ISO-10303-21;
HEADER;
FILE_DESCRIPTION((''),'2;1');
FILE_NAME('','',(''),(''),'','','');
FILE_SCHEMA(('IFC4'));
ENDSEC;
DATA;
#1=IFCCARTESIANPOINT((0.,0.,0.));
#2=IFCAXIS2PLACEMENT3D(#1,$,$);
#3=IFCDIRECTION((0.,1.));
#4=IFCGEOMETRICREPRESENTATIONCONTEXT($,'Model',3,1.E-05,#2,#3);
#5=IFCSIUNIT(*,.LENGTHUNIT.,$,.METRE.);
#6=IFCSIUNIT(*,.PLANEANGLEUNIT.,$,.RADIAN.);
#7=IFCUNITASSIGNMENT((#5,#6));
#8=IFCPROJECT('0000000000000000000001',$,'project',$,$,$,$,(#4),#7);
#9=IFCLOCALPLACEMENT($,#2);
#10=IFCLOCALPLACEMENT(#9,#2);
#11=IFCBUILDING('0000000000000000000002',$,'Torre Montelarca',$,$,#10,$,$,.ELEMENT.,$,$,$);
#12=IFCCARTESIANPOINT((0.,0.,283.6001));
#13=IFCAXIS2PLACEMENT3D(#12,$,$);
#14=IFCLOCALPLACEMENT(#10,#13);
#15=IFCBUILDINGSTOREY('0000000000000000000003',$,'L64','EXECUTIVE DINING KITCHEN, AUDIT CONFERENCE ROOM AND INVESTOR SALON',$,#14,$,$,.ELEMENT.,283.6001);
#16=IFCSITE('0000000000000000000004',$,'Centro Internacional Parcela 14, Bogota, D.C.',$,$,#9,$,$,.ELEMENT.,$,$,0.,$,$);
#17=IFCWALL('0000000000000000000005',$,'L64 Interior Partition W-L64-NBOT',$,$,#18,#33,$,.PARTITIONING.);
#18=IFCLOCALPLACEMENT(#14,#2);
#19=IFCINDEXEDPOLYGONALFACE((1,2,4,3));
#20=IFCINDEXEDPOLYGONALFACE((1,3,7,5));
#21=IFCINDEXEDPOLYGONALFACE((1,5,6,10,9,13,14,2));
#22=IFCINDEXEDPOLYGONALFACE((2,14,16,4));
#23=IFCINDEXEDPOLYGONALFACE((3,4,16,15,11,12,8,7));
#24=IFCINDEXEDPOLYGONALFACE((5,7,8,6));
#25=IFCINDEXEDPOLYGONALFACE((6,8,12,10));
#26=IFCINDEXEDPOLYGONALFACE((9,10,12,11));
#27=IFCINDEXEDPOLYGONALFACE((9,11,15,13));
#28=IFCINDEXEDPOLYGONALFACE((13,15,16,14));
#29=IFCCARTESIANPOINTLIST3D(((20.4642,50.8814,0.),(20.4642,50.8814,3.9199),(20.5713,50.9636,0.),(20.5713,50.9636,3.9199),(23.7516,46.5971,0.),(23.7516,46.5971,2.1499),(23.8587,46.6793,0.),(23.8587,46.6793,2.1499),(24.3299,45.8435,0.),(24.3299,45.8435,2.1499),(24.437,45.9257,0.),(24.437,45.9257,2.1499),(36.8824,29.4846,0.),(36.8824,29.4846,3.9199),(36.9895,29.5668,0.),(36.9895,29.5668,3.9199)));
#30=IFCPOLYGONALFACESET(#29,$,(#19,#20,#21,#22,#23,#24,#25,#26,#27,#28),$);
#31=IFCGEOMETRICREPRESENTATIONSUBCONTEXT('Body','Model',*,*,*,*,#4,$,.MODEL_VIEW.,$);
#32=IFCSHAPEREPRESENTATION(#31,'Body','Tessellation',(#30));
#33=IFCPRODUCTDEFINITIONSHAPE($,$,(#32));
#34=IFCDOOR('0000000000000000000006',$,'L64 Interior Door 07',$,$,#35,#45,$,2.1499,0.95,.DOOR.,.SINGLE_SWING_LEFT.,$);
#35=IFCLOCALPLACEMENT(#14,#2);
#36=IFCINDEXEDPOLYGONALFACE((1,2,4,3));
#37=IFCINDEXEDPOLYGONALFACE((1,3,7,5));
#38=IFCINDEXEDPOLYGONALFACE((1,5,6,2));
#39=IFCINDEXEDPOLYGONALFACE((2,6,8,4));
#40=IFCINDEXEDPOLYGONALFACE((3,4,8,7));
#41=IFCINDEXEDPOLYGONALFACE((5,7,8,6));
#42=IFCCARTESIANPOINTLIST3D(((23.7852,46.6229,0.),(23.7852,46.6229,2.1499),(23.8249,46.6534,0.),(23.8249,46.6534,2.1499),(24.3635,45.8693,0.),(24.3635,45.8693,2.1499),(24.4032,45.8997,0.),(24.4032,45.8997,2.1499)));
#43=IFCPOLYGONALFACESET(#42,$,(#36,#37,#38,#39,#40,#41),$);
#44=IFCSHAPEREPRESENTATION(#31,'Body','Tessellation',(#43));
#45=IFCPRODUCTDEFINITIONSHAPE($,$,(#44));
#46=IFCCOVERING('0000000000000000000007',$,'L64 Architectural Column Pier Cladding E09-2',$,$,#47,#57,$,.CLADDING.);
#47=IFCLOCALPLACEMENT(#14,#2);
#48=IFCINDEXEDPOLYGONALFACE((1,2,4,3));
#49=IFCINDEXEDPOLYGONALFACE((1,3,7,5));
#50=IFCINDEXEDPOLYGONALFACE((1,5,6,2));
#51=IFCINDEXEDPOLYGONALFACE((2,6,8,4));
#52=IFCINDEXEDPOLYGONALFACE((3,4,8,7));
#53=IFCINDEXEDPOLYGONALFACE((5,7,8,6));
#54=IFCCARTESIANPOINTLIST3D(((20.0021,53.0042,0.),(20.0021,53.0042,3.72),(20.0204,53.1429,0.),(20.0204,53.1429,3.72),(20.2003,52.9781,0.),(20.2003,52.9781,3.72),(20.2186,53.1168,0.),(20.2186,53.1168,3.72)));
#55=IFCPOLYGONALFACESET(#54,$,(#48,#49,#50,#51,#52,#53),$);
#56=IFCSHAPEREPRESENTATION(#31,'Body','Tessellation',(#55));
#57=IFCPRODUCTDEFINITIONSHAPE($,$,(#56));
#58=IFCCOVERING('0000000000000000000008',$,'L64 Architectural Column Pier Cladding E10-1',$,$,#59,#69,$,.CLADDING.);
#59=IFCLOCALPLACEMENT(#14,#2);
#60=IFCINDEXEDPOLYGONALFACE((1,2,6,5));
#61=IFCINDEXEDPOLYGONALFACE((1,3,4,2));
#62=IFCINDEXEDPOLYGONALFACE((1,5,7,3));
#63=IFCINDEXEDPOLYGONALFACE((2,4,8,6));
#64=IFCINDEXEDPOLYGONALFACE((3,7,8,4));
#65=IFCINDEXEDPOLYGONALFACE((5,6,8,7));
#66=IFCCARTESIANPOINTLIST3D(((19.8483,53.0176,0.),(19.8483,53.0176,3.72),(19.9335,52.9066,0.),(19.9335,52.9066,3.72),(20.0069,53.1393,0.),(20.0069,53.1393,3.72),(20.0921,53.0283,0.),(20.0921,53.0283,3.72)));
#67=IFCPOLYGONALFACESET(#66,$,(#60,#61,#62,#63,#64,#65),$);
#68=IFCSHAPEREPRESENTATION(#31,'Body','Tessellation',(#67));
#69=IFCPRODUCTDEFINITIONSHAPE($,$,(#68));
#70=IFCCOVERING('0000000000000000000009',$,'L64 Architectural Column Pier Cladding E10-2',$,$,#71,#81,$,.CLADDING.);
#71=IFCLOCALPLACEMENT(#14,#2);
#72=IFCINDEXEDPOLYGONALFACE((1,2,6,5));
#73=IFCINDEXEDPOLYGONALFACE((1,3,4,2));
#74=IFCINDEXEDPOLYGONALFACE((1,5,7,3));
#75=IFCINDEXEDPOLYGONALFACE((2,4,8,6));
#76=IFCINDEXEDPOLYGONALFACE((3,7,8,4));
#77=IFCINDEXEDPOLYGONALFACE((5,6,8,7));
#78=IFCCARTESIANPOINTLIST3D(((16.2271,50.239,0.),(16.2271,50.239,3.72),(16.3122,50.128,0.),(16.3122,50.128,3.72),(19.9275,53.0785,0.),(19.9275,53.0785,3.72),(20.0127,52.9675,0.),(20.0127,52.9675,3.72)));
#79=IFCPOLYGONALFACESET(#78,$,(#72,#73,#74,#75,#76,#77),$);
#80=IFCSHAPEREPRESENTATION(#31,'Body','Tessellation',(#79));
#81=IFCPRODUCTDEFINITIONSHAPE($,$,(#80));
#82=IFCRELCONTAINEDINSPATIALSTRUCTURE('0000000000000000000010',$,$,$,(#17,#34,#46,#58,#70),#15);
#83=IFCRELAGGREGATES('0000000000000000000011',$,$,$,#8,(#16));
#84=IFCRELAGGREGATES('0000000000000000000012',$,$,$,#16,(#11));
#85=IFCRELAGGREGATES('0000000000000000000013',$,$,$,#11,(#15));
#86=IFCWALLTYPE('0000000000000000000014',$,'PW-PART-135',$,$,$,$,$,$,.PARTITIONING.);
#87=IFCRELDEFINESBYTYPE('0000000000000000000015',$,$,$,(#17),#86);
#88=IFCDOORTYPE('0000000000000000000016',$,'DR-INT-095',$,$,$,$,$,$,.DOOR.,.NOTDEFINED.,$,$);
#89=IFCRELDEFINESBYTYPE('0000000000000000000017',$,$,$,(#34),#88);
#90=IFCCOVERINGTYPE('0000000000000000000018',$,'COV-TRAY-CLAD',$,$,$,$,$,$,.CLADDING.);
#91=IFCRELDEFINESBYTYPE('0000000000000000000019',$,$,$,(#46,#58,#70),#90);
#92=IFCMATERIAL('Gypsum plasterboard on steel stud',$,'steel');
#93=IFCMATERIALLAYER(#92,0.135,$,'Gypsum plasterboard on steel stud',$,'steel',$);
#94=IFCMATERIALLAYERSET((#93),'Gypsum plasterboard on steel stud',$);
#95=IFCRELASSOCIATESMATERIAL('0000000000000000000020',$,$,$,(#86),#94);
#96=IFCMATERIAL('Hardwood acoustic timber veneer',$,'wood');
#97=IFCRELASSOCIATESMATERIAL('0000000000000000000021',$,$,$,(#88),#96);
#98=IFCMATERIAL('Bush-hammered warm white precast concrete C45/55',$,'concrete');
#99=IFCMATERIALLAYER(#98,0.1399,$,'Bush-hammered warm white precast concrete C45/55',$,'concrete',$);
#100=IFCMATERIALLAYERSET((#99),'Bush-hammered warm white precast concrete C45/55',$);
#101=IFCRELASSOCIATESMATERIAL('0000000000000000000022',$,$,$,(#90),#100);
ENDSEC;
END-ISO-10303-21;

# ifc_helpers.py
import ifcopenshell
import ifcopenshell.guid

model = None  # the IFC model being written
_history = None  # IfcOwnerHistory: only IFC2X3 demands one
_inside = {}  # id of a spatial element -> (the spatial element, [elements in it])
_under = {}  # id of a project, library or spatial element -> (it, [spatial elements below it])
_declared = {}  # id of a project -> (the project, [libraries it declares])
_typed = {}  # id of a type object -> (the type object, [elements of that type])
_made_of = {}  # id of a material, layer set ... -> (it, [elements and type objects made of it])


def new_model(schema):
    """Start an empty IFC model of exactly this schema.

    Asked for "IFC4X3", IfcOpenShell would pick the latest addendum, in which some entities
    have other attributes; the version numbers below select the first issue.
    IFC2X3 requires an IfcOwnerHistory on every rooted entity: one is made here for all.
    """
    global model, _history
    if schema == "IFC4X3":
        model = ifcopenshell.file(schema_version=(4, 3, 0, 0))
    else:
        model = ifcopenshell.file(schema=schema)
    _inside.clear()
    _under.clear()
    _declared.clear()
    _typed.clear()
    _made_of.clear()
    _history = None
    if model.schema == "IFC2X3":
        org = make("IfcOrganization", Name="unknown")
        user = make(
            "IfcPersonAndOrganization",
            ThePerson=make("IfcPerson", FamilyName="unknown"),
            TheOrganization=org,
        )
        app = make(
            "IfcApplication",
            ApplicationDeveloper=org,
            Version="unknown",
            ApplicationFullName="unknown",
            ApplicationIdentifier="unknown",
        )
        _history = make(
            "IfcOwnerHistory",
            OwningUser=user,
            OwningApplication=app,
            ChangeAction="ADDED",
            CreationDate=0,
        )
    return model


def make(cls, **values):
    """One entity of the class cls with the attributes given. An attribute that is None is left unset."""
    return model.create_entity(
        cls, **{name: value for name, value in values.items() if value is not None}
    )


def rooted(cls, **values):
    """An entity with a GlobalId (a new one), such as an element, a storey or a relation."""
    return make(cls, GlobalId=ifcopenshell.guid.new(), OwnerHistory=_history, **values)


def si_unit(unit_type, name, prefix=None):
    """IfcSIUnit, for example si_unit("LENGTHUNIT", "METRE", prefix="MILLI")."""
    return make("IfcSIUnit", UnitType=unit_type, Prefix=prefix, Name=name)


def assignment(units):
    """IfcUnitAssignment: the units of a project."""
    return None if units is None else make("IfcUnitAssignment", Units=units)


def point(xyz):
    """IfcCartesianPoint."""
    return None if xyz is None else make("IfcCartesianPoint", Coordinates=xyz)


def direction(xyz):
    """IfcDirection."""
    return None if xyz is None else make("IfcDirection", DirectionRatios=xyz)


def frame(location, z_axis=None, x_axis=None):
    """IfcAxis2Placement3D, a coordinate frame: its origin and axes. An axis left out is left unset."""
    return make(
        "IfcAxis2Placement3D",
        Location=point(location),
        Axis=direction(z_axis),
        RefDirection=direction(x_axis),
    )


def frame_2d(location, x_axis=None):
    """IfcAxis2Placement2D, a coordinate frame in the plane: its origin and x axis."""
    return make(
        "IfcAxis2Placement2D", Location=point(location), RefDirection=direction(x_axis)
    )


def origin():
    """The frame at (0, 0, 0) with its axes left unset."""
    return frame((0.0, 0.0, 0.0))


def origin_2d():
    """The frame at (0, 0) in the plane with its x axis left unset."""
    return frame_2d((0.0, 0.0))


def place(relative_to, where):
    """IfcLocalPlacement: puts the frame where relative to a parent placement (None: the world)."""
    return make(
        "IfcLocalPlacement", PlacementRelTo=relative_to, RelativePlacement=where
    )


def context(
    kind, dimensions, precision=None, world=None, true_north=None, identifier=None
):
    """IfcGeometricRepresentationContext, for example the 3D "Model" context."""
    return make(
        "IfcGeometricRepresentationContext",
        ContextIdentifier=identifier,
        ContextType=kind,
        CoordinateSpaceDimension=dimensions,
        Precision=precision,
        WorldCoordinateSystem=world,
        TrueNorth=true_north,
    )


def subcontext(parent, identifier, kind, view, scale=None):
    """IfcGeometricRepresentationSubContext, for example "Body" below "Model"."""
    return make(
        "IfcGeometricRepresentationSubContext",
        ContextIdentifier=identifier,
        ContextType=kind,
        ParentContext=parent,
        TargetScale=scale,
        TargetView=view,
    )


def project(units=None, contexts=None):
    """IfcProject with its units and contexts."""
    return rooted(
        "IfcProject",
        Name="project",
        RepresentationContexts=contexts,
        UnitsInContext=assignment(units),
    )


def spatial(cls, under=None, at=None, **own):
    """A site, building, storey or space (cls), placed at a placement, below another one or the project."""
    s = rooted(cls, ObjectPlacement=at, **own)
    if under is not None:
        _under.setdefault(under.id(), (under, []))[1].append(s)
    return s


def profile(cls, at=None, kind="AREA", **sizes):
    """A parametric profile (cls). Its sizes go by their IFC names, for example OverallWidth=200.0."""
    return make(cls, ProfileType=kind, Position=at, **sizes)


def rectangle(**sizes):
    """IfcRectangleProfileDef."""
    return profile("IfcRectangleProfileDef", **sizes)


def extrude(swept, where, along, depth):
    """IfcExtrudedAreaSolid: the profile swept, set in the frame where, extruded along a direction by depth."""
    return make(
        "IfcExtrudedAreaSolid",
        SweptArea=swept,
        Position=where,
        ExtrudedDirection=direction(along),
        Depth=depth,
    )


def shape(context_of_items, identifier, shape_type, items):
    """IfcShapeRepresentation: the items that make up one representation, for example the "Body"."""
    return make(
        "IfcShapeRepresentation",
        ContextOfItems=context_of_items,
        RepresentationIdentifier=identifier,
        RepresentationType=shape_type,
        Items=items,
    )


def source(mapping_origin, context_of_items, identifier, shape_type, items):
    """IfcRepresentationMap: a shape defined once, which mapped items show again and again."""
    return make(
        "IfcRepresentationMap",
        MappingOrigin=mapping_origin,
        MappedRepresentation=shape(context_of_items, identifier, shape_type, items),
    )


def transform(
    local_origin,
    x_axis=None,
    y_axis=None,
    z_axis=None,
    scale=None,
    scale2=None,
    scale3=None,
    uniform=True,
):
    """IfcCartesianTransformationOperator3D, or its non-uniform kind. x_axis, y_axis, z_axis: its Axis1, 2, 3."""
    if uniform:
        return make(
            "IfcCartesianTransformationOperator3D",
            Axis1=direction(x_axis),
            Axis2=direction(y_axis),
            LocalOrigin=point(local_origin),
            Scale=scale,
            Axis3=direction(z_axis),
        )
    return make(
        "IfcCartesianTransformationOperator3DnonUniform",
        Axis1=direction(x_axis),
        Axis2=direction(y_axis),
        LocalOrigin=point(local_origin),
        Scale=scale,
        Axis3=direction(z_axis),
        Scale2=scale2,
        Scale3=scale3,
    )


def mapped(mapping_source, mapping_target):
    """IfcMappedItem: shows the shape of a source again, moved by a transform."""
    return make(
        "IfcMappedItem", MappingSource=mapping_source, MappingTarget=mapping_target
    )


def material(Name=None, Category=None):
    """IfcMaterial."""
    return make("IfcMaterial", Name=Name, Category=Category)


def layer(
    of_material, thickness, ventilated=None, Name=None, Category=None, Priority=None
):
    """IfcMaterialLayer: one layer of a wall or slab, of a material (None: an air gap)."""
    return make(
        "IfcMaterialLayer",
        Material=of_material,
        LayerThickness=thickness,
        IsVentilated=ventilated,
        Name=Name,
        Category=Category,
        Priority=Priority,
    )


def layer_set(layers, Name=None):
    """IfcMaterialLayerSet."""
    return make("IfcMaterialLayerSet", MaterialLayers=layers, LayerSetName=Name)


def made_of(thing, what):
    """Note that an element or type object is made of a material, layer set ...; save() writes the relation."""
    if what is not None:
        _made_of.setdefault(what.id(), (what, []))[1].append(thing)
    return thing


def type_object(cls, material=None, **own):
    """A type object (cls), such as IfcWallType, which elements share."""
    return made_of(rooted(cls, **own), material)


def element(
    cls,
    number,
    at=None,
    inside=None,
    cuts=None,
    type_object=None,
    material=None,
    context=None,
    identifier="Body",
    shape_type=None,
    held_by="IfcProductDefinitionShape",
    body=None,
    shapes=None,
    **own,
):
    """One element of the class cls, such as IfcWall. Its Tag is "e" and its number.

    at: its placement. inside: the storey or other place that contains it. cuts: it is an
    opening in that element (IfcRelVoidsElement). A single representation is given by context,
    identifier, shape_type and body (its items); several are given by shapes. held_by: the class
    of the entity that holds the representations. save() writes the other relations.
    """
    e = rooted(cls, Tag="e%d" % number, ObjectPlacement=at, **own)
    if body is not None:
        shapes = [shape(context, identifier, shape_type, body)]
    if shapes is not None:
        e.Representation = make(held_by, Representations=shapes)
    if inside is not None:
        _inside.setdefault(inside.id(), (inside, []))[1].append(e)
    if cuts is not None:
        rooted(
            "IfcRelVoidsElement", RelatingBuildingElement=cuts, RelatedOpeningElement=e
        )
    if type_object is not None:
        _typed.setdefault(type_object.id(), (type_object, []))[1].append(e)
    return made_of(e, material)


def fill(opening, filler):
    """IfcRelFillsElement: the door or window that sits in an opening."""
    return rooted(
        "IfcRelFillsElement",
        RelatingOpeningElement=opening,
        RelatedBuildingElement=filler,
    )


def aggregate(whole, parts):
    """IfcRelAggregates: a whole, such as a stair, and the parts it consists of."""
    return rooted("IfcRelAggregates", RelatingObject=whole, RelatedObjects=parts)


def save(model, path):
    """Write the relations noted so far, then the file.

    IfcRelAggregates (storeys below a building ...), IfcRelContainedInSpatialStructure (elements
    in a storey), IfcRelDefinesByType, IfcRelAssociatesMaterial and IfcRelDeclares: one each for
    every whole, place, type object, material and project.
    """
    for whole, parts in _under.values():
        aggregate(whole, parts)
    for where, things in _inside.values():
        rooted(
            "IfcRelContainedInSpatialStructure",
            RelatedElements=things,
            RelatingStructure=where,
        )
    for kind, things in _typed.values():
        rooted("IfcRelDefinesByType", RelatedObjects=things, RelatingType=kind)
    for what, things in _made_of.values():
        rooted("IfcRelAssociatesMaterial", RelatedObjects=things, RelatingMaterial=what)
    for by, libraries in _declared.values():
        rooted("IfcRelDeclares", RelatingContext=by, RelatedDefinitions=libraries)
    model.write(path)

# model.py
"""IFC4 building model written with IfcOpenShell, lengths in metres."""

from ifc_helpers import new_model, si_unit, direction, frame, frame_2d, origin, origin_2d, place, context, subcontext, project, spatial, rectangle, extrude, source, transform, mapped, material, layer, layer_set, type_object, element, fill, save


model = new_model("IFC4")

# Units and contexts
model_context = context("Model", 3, precision=1e-05, world=origin(), true_north=direction((0.0, 1.0)))
body_context = subcontext(model_context, "Body", "Model", "MODEL_VIEW")
ifc_project = project(units=[si_unit("LENGTHUNIT", "METRE"), si_unit("PLANEANGLEUNIT", "RADIAN")], contexts=[model_context])

# Site, building, storey
site_placement = place(None, origin())
site = spatial("IfcSite", under=ifc_project, at=site_placement, Name="Centro Internacional Parcela 14, Bogota, D.C.", CompositionType="ELEMENT", RefElevation=0.0)
building_placement = place(site_placement, origin())
building = spatial("IfcBuilding", under=site, at=building_placement, Name="Torre Montelarca", CompositionType="ELEMENT")
storey_placement = place(building_placement, frame((0.0, 0.0, 283.6001)))
storey = spatial("IfcBuildingStorey", under=building, at=storey_placement, Name="L64", Description="EXECUTIVE DINING KITCHEN, AUDIT CONFERENCE ROOM AND INVESTOR SALON", CompositionType="ELEMENT", Elevation=283.6001)

# Wall, opening, door
ifc_material_1 = material(Name="Gypsum plasterboard on steel stud", Category="steel")
ifc_layer_1 = layer(ifc_material_1, 0.135, Name="Gypsum plasterboard on steel stud", Category="steel")
ifc_layer_set_1 = layer_set([ifc_layer_1], Name="Gypsum plasterboard on steel stud")
wall_type = type_object("IfcWallType", Name="PW-PART-135", PredefinedType="PARTITIONING", material=ifc_layer_set_1)
wall_placement = place(storey_placement, frame((20.5178, 50.9224, 0.0), z_axis=(0.0, 0.0, 1.0), x_axis=(0.60876, -0.793355, 0.0)))
wall = element("IfcWall", 1, at=wall_placement, inside=storey, type_object=wall_type, Name="L64 Interior Partition W-L64-NBOT", PredefinedType="PARTITIONING", context=body_context, shape_type="SweptSolid", body=[
    extrude(rectangle(XDim=26.97, YDim=0.135, at=frame_2d((13.4849, 0.0))), origin(), (0.0, 0.0, 1.0), 3.9199),
])
opening_placement = place(wall_placement, frame((5.3999, 0.0, 0.0)))
opening = element("IfcOpeningElement", 2, at=opening_placement, cuts=wall, PredefinedType="OPENING", context=body_context, shape_type="SweptSolid", body=[
    extrude(rectangle(XDim=0.95, YDim=2.1499, at=frame_2d((0.4751, 1.075))), frame((0.0, 0.0776, 0.0), z_axis=(0.0, -1.0, 0.0), x_axis=(1.0, 0.0, 0.0)), (0.0, 0.0, 1.0), 0.155),
])
ifc_material_2 = material(Name="Hardwood acoustic timber veneer", Category="wood")
door_type = type_object("IfcDoorType", Name="DR-INT-095", OperationType="NOTDEFINED", PredefinedType="DOOR", material=ifc_material_2)
shared_shape_1 = source(origin(), body_context, "Body", "SweptSolid", [
    extrude(rectangle(XDim=0.95, YDim=2.1499, at=frame_2d((0.4751, 1.075))), frame((0.0, 0.0249, 0.0), z_axis=(0.0, -1.0, 0.0), x_axis=(1.0, 0.0, 0.0)), (0.0, 0.0, 1.0), 0.05),
])
door_placement = place(opening_placement, origin())
door = element("IfcDoor", 3, at=door_placement, inside=storey, type_object=door_type, Name="L64 Interior Door 07", OperationType="SINGLE_SWING_LEFT", OverallHeight=2.1499, OverallWidth=0.95, PredefinedType="DOOR", context=body_context, shape_type="MappedRepresentation", body=[
    mapped(shared_shape_1, transform((0.0, 0.0, 0.0), scale=1.0)),
])
fill(opening, door)

# Coverings
ifc_material_3 = material(Name="Bush-hammered warm white precast concrete C45/55", Category="concrete")
ifc_layer_2 = layer(ifc_material_3, 0.1399, Name="Bush-hammered warm white precast concrete C45/55", Category="concrete")
ifc_layer_set_2 = layer_set([ifc_layer_2], Name="Bush-hammered warm white precast concrete C45/55")
covering_type = type_object("IfcCoveringType", Name="COV-TRAY-CLAD", PredefinedType="CLADDING", material=ifc_layer_set_2)
shared_shape_2 = source(origin(), body_context, "Body", "SweptSolid", [
    extrude(rectangle(XDim=0.2, YDim=0.1399, at=origin_2d()), origin(), (0.0, 0.0, 1.0), 3.72),
])
for number, where, z_axis, x_axis, name in (
    (4, (20.1104, 53.0605, 0.0), (0.0, 0.0, 1.0), (-0.991444, 0.130531, 0.0), "L64 Architectural Column Pier Cladding E09-2"),
    (5, (19.9702, 53.0229, 0.0), (0.0, 0.0, 1.0), (-0.793351, -0.608764, 0.0), "L64 Architectural Column Pier Cladding E10-1"),
):
    element("IfcCovering", number, at=place(storey_placement, frame(where, z_axis=z_axis, x_axis=x_axis)), inside=storey, type_object=covering_type, Name=name, PredefinedType="CLADDING", context=body_context, shape_type="MappedRepresentation", body=[
        mapped(shared_shape_2, transform((0.0, 0.0, 0.0), scale=1.0)),
    ])
shared_shape_3 = source(origin(), body_context, "Body", "SweptSolid", [
    extrude(rectangle(XDim=4.6643, YDim=0.1399, at=origin_2d()), origin(), (0.0, 0.0, 1.0), 3.72),
])
covering_placement = place(storey_placement, frame((18.1199, 51.6033, 0.0), z_axis=(0.0, 0.0, 1.0), x_axis=(-0.793351, -0.608764, 0.0)))
element("IfcCovering", 6, at=covering_placement, inside=storey, type_object=covering_type, Name="L64 Architectural Column Pier Cladding E10-2", PredefinedType="CLADDING", context=body_context, shape_type="MappedRepresentation", body=[
    mapped(shared_shape_3, transform((0.0, 0.0, 0.0), scale=1.0)),
])

save(model, "model.ifc")
